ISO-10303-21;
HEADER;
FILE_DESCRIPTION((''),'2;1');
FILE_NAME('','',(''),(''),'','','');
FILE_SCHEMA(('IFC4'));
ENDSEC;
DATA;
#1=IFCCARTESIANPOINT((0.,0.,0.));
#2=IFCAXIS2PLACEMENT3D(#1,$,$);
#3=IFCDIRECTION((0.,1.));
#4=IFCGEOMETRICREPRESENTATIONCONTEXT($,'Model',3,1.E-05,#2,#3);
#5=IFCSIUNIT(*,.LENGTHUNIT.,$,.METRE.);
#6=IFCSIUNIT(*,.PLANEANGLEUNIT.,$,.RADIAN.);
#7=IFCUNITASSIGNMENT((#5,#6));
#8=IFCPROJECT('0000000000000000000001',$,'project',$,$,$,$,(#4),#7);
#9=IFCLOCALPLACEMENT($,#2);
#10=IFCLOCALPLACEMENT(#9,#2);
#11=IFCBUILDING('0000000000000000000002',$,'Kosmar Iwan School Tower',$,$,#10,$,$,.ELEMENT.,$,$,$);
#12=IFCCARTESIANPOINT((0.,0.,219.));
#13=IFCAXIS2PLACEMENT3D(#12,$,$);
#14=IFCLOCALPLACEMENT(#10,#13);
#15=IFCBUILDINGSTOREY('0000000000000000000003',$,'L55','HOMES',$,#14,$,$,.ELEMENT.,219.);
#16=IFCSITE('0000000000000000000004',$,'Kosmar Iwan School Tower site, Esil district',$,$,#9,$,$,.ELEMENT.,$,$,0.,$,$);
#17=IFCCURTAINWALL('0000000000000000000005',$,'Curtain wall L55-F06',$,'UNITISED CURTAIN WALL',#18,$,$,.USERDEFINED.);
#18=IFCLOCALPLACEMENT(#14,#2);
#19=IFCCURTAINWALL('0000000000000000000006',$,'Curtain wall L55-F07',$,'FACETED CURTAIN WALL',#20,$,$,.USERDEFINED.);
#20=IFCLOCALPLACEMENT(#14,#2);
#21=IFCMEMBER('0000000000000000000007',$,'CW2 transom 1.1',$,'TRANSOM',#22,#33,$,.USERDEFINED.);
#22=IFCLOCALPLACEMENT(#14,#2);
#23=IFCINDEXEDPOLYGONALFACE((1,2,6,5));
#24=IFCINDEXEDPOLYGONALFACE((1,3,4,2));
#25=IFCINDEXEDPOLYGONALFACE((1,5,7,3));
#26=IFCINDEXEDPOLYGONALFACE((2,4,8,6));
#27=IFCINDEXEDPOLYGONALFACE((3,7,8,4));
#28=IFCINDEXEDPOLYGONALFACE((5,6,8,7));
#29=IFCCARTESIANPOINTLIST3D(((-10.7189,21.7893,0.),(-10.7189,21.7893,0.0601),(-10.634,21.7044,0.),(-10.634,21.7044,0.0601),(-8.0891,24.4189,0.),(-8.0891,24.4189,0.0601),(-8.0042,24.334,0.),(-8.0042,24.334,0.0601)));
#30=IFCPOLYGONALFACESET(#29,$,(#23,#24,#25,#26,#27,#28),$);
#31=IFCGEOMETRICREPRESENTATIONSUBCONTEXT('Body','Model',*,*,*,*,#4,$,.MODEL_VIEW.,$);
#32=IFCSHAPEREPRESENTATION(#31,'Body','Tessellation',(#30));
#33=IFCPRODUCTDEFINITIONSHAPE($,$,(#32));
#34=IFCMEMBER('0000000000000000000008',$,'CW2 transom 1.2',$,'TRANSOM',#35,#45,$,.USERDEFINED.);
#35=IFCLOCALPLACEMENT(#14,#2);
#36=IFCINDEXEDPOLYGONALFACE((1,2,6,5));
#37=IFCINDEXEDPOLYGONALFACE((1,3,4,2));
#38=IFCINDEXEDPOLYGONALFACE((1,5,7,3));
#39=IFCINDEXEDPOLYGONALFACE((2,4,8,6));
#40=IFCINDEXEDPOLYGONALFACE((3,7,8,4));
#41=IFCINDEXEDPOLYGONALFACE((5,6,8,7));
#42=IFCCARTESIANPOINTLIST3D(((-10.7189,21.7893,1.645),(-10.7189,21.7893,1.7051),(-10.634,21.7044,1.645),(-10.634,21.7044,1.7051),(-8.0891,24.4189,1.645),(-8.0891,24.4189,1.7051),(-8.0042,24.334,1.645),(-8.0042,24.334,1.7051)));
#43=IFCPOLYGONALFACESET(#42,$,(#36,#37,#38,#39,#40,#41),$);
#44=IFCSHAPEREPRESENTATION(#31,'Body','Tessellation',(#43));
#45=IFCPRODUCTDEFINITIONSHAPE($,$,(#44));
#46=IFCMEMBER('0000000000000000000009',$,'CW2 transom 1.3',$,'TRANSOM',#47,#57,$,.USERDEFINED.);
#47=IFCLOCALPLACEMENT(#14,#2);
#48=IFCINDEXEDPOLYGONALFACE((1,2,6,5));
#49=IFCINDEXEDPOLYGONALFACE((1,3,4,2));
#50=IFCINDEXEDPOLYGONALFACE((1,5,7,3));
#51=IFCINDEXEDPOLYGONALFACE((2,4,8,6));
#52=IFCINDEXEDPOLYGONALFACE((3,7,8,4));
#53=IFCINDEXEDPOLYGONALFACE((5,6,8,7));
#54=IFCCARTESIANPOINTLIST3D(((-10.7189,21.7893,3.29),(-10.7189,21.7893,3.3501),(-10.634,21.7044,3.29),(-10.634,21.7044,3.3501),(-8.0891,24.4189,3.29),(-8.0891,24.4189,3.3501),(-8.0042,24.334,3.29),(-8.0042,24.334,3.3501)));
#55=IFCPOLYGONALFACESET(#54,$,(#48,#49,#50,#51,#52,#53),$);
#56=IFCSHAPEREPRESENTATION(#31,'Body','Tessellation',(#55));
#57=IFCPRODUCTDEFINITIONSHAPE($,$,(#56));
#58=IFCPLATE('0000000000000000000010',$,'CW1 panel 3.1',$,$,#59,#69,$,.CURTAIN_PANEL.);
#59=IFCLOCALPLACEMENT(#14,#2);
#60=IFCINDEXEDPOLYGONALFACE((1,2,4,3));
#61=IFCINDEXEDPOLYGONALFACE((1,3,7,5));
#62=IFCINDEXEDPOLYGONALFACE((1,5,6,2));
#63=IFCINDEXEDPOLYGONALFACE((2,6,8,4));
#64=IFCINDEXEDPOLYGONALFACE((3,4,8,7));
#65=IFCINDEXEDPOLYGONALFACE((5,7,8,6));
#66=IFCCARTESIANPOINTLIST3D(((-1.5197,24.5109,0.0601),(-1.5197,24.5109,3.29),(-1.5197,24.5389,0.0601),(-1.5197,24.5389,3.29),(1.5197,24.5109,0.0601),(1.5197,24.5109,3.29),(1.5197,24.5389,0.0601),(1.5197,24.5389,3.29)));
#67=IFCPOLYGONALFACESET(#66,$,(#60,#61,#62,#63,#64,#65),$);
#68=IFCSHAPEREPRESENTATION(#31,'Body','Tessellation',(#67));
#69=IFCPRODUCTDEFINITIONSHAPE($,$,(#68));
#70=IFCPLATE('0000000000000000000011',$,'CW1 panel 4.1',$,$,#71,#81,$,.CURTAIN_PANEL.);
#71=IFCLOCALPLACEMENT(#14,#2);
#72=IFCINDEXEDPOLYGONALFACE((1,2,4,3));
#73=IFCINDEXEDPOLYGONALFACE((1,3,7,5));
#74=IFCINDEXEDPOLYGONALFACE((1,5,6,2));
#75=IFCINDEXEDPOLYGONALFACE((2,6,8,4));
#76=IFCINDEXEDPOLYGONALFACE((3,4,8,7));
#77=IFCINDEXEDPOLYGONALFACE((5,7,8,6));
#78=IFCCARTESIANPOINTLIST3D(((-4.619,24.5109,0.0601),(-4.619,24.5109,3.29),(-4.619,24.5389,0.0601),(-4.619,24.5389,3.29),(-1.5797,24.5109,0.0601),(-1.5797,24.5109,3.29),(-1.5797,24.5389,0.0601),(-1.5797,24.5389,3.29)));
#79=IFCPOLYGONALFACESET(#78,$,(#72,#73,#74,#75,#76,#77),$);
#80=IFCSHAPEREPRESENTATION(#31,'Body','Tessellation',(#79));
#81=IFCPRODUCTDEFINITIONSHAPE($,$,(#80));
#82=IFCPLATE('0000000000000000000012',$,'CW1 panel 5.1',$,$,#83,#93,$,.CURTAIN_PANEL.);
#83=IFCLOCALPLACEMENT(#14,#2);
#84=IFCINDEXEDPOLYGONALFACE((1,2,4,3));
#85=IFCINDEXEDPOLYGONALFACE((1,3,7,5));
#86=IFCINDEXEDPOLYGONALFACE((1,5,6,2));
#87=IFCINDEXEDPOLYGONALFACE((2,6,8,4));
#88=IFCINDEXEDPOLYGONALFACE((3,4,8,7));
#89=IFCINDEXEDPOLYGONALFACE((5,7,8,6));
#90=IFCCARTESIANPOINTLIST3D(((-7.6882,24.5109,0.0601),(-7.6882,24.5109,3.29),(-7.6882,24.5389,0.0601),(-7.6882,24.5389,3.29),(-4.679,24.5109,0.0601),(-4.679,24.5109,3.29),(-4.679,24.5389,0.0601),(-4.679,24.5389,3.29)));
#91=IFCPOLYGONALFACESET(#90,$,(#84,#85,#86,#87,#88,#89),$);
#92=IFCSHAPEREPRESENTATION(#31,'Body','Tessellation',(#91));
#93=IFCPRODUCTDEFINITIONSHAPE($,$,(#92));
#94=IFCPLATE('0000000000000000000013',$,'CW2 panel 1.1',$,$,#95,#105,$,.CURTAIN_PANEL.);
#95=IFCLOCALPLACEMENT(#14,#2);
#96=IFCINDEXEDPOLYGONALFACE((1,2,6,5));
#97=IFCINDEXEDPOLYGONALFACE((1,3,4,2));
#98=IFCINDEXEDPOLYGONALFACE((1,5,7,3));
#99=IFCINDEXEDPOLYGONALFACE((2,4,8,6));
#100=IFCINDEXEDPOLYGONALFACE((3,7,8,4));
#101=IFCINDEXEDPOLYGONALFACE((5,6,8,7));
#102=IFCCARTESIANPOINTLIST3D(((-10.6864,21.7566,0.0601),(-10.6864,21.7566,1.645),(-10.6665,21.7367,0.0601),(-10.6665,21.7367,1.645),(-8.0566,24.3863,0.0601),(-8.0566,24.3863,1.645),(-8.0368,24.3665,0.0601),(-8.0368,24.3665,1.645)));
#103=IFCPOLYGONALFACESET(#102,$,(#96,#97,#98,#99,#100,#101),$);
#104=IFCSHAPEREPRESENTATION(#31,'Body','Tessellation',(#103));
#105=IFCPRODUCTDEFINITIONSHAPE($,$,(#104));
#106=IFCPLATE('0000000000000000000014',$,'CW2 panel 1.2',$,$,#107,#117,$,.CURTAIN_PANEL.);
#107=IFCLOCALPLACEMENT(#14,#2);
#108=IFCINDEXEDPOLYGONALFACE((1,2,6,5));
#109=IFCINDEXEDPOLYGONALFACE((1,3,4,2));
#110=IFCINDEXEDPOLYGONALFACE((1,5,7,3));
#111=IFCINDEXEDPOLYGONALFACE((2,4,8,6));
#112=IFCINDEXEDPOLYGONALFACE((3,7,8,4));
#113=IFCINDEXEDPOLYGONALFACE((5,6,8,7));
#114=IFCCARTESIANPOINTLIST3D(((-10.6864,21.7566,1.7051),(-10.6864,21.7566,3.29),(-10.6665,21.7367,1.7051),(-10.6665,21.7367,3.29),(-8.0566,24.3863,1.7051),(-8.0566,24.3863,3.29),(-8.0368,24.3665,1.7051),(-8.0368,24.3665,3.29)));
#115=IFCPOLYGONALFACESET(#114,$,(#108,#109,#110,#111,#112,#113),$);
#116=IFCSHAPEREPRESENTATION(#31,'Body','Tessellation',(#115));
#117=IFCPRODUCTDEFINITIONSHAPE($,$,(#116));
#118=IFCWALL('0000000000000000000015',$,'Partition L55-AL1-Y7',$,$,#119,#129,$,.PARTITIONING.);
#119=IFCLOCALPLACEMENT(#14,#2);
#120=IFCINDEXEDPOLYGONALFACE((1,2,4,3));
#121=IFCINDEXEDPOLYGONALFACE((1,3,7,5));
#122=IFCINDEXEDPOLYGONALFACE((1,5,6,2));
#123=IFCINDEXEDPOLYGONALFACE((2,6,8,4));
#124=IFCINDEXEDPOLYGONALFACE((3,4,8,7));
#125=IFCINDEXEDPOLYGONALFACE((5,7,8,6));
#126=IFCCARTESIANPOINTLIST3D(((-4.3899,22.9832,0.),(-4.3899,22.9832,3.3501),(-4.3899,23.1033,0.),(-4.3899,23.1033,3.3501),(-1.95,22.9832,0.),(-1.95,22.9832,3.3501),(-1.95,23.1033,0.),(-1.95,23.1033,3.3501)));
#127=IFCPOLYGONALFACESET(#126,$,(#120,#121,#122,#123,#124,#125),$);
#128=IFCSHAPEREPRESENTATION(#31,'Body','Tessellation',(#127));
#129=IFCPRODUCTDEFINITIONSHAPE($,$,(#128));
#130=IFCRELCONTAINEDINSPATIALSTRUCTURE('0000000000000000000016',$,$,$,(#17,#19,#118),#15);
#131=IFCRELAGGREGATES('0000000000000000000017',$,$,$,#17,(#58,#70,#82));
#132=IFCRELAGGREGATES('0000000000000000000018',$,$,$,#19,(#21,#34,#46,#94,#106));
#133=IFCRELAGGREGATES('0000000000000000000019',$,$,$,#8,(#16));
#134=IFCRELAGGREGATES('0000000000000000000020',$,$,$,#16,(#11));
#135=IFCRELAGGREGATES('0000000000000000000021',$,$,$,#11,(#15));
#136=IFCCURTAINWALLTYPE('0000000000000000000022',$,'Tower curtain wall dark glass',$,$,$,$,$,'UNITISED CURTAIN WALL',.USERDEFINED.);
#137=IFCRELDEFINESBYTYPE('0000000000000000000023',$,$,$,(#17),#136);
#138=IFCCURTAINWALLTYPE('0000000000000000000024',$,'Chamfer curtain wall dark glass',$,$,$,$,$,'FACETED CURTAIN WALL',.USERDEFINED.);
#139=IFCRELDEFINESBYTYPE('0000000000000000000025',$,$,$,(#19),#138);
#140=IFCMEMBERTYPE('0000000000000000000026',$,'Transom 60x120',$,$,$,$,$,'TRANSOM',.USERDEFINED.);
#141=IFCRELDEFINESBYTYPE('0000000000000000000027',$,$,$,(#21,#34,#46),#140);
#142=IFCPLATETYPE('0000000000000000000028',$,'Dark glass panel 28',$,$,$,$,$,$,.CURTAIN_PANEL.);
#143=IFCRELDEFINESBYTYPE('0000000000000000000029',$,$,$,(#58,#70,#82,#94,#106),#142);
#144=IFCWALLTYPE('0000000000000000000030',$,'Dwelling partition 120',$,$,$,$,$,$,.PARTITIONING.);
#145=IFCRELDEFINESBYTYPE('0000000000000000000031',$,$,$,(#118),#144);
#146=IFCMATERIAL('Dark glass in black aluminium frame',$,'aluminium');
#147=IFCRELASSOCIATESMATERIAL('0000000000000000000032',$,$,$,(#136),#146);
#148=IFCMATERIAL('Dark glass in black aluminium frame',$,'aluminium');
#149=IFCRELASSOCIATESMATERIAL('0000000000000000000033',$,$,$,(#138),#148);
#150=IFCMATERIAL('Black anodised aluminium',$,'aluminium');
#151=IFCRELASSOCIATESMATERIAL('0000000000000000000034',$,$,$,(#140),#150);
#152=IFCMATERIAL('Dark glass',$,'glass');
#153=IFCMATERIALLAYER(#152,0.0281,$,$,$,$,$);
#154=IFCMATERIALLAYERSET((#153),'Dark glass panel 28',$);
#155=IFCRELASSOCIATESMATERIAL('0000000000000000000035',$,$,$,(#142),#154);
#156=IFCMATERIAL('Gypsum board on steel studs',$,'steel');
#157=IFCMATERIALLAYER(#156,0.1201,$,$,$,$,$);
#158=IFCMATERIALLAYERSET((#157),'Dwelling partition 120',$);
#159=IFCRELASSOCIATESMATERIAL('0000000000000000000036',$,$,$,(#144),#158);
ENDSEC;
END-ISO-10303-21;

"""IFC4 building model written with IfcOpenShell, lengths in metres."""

from ifc_helpers import new_model, si_unit, direction, frame, frame_2d, origin, origin_2d, place, context, subcontext, project, spatial, rectangle, extrude, material, layer, layer_set, material_profile, profile_set, type_object, element, aggregate, save


model = new_model("IFC4")

# Units and contexts
model_context = context("Model", 3, precision=1e-05, world=origin(), true_north=direction((0.0, 1.0)))
body_context = subcontext(model_context, "Body", "Model", "MODEL_VIEW")
ifc_project = project(units=[si_unit("LENGTHUNIT", "METRE"), si_unit("PLANEANGLEUNIT", "RADIAN")], contexts=[model_context])

# Site, building, storey
site_placement = place(None, origin())
site = spatial("IfcSite", under=ifc_project, at=site_placement, Name="Kosmar Iwan School Tower site, Esil district", CompositionType="ELEMENT", RefElevation=0.0)
building_placement = place(site_placement, origin())
building = spatial("IfcBuilding", under=site, at=building_placement, Name="Kosmar Iwan School Tower", CompositionType="ELEMENT")
storey_placement = place(building_placement, frame((0.0, 0.0, 219.0)))
storey = spatial("IfcBuildingStorey", under=building, at=storey_placement, Name="L55", Description="HOMES", CompositionType="ELEMENT", Elevation=219.0)

# Curtain wall
ifc_material_1 = material(Name="Dark glass in black aluminium frame", Category="aluminium")
curtain_wall_type_1 = type_object("IfcCurtainWallType", Name="Tower curtain wall dark glass", ElementType="UNITISED CURTAIN WALL", PredefinedType="USERDEFINED", material=ifc_material_1)
curtain_wall_1_placement = place(storey_placement, origin())
curtain_wall_1 = element("IfcCurtainWall", 1, at=curtain_wall_1_placement, inside=storey, type_object=curtain_wall_type_1, Name="Curtain wall L55-F06", ObjectType="UNITISED CURTAIN WALL", PredefinedType="USERDEFINED")

# Curtain wall
ifc_material_2 = material(Name="Dark glass in black aluminium frame", Category="aluminium")
curtain_wall_type_2 = type_object("IfcCurtainWallType", Name="Chamfer curtain wall dark glass", ElementType="FACETED CURTAIN WALL", PredefinedType="USERDEFINED", material=ifc_material_2)
curtain_wall_2_placement = place(storey_placement, origin())
curtain_wall_2 = element("IfcCurtainWall", 2, at=curtain_wall_2_placement, inside=storey, type_object=curtain_wall_type_2, Name="Curtain wall L55-F07", ObjectType="FACETED CURTAIN WALL", PredefinedType="USERDEFINED")

# Members
ifc_material_3 = material(Name="Black anodised aluminium", Category="aluminium")
ifc_material_profile_1 = material_profile(ifc_material_3, rectangle(XDim=0.1201, YDim=0.0601, at=origin_2d()), Name="TRANSOM 60x120")
ifc_profile_set_1 = profile_set([ifc_material_profile_1], Name="Black anodised aluminium")
member_type_1 = type_object("IfcMemberType", Name="Transom 60x120", ElementType="TRANSOM", PredefinedType="USERDEFINED", material=ifc_profile_set_1)
member_1_placement = place(storey_placement, frame((-8.0466, 24.3765, 0.03), z_axis=(-0.70714, -0.707074, 0.0), x_axis=(0.707074, -0.70714, 0.0)))
member_1 = element("IfcMember", 3, at=member_1_placement, type_object=member_type_1, Name="CW2 transom 1.1", ObjectType="TRANSOM", PredefinedType="USERDEFINED", context=body_context, shape_type="SweptSolid", body=[
    extrude(rectangle(XDim=0.1201, YDim=0.0601, at=origin_2d()), origin(), (0.0, 0.0, 1.0), 3.719),
])
member_2_placement = place(storey_placement, frame((-8.0466, 24.3765, 1.675), z_axis=(-0.70714, -0.707074, 0.0), x_axis=(0.707074, -0.70714, 0.0)))
member_2 = element("IfcMember", 4, at=member_2_placement, type_object=member_type_1, Name="CW2 transom 1.2", ObjectType="TRANSOM", PredefinedType="USERDEFINED", context=body_context, shape_type="SweptSolid", body=[
    extrude(rectangle(XDim=0.1201, YDim=0.0601, at=origin_2d()), origin(), (0.0, 0.0, 1.0), 3.719),
])
member_3_placement = place(storey_placement, frame((-8.0466, 24.3765, 3.3201), z_axis=(-0.70714, -0.707074, 0.0), x_axis=(0.707074, -0.70714, 0.0)))
member_3 = element("IfcMember", 5, at=member_3_placement, type_object=member_type_1, Name="CW2 transom 1.3", ObjectType="TRANSOM", PredefinedType="USERDEFINED", context=body_context, shape_type="SweptSolid", body=[
    extrude(rectangle(XDim=0.1201, YDim=0.0601, at=origin_2d()), origin(), (0.0, 0.0, 1.0), 3.719),
])

# Plates
ifc_material_4 = material(Name="Dark glass", Category="glass")
ifc_layer_1 = layer(ifc_material_4, 0.0281)
ifc_layer_set_1 = layer_set([ifc_layer_1], Name="Dark glass panel 28")
plate_type = type_object("IfcPlateType", Name="Dark glass panel 28", PredefinedType="CURTAIN_PANEL", material=ifc_layer_set_1)
plate_1_placement = place(storey_placement, frame((0.0, 24.5249, 0.0601), z_axis=(0.0, 0.0, 1.0), x_axis=(-1.0, 0.0, 0.0)))
plate_1 = element("IfcPlate", 6, at=plate_1_placement, type_object=plate_type, Name="CW1 panel 3.1", PredefinedType="CURTAIN_PANEL", context=body_context, shape_type="SweptSolid", body=[
    extrude(rectangle(XDim=3.0393, YDim=0.0281, at=origin_2d()), origin(), (0.0, 0.0, 1.0), 3.23),
])
plate_2_placement = place(storey_placement, frame((-3.0994, 24.5249, 0.0601), z_axis=(0.0, 0.0, 1.0), x_axis=(-1.0, 0.0, 0.0)))
plate_2 = element("IfcPlate", 7, at=plate_2_placement, type_object=plate_type, Name="CW1 panel 4.1", PredefinedType="CURTAIN_PANEL", context=body_context, shape_type="SweptSolid", body=[
    extrude(rectangle(XDim=3.0393, YDim=0.0281, at=origin_2d()), origin(), (0.0, 0.0, 1.0), 3.23),
])
plate_3_placement = place(storey_placement, frame((-6.1836, 24.5249, 0.0601), z_axis=(0.0, 0.0, 1.0), x_axis=(-1.0, 0.0, 0.0)))
plate_3 = element("IfcPlate", 8, at=plate_3_placement, type_object=plate_type, Name="CW1 panel 5.1", PredefinedType="CURTAIN_PANEL", context=body_context, shape_type="SweptSolid", body=[
    extrude(rectangle(XDim=3.0093, YDim=0.0281, at=origin_2d()), origin(), (0.0, 0.0, 1.0), 3.23),
])
aggregate(curtain_wall_1, [plate_1, plate_2, plate_3])
plate_4_placement = place(storey_placement, frame((-9.3616, 23.0615, 0.0601), z_axis=(0.0, 0.0, 1.0), x_axis=(-0.707107, -0.707107, 0.0)))
plate_4 = element("IfcPlate", 9, at=plate_4_placement, type_object=plate_type, Name="CW2 panel 1.1", PredefinedType="CURTAIN_PANEL", context=body_context, shape_type="SweptSolid", body=[
    extrude(rectangle(XDim=3.719, YDim=0.0281, at=origin_2d()), origin(), (0.0, 0.0, 1.0), 1.585),
])
plate_5_placement = place(storey_placement, frame((-9.3616, 23.0615, 1.7051), z_axis=(0.0, 0.0, 1.0), x_axis=(-0.707107, -0.707107, 0.0)))
plate_5 = element("IfcPlate", 10, at=plate_5_placement, type_object=plate_type, Name="CW2 panel 1.2", PredefinedType="CURTAIN_PANEL", context=body_context, shape_type="SweptSolid", body=[
    extrude(rectangle(XDim=3.719, YDim=0.0281, at=origin_2d()), origin(), (0.0, 0.0, 1.0), 1.585),
])
aggregate(curtain_wall_2, [member_1, member_2, member_3, plate_4, plate_5])

# Wall
ifc_material_5 = material(Name="Gypsum board on steel studs", Category="steel")
ifc_layer_2 = layer(ifc_material_5, 0.1201)
ifc_layer_set_2 = layer_set([ifc_layer_2], Name="Dwelling partition 120")
wall_type = type_object("IfcWallType", Name="Dwelling partition 120", PredefinedType="PARTITIONING", material=ifc_layer_set_2)
wall_placement = place(storey_placement, frame((-1.95, 23.0432, 0.0), z_axis=(0.0, 0.0, 1.0), x_axis=(-1.0, 0.0, 0.0)))
element("IfcWall", 11, at=wall_placement, inside=storey, type_object=wall_type, Name="Partition L55-AL1-Y7", PredefinedType="PARTITIONING", context=body_context, shape_type="SweptSolid", body=[
    extrude(rectangle(XDim=2.4399, YDim=0.1201, at=frame_2d((1.22, 0.0))), origin(), (0.0, 0.0, 1.0), 3.3501),
])

save(model, "model.ifc")
